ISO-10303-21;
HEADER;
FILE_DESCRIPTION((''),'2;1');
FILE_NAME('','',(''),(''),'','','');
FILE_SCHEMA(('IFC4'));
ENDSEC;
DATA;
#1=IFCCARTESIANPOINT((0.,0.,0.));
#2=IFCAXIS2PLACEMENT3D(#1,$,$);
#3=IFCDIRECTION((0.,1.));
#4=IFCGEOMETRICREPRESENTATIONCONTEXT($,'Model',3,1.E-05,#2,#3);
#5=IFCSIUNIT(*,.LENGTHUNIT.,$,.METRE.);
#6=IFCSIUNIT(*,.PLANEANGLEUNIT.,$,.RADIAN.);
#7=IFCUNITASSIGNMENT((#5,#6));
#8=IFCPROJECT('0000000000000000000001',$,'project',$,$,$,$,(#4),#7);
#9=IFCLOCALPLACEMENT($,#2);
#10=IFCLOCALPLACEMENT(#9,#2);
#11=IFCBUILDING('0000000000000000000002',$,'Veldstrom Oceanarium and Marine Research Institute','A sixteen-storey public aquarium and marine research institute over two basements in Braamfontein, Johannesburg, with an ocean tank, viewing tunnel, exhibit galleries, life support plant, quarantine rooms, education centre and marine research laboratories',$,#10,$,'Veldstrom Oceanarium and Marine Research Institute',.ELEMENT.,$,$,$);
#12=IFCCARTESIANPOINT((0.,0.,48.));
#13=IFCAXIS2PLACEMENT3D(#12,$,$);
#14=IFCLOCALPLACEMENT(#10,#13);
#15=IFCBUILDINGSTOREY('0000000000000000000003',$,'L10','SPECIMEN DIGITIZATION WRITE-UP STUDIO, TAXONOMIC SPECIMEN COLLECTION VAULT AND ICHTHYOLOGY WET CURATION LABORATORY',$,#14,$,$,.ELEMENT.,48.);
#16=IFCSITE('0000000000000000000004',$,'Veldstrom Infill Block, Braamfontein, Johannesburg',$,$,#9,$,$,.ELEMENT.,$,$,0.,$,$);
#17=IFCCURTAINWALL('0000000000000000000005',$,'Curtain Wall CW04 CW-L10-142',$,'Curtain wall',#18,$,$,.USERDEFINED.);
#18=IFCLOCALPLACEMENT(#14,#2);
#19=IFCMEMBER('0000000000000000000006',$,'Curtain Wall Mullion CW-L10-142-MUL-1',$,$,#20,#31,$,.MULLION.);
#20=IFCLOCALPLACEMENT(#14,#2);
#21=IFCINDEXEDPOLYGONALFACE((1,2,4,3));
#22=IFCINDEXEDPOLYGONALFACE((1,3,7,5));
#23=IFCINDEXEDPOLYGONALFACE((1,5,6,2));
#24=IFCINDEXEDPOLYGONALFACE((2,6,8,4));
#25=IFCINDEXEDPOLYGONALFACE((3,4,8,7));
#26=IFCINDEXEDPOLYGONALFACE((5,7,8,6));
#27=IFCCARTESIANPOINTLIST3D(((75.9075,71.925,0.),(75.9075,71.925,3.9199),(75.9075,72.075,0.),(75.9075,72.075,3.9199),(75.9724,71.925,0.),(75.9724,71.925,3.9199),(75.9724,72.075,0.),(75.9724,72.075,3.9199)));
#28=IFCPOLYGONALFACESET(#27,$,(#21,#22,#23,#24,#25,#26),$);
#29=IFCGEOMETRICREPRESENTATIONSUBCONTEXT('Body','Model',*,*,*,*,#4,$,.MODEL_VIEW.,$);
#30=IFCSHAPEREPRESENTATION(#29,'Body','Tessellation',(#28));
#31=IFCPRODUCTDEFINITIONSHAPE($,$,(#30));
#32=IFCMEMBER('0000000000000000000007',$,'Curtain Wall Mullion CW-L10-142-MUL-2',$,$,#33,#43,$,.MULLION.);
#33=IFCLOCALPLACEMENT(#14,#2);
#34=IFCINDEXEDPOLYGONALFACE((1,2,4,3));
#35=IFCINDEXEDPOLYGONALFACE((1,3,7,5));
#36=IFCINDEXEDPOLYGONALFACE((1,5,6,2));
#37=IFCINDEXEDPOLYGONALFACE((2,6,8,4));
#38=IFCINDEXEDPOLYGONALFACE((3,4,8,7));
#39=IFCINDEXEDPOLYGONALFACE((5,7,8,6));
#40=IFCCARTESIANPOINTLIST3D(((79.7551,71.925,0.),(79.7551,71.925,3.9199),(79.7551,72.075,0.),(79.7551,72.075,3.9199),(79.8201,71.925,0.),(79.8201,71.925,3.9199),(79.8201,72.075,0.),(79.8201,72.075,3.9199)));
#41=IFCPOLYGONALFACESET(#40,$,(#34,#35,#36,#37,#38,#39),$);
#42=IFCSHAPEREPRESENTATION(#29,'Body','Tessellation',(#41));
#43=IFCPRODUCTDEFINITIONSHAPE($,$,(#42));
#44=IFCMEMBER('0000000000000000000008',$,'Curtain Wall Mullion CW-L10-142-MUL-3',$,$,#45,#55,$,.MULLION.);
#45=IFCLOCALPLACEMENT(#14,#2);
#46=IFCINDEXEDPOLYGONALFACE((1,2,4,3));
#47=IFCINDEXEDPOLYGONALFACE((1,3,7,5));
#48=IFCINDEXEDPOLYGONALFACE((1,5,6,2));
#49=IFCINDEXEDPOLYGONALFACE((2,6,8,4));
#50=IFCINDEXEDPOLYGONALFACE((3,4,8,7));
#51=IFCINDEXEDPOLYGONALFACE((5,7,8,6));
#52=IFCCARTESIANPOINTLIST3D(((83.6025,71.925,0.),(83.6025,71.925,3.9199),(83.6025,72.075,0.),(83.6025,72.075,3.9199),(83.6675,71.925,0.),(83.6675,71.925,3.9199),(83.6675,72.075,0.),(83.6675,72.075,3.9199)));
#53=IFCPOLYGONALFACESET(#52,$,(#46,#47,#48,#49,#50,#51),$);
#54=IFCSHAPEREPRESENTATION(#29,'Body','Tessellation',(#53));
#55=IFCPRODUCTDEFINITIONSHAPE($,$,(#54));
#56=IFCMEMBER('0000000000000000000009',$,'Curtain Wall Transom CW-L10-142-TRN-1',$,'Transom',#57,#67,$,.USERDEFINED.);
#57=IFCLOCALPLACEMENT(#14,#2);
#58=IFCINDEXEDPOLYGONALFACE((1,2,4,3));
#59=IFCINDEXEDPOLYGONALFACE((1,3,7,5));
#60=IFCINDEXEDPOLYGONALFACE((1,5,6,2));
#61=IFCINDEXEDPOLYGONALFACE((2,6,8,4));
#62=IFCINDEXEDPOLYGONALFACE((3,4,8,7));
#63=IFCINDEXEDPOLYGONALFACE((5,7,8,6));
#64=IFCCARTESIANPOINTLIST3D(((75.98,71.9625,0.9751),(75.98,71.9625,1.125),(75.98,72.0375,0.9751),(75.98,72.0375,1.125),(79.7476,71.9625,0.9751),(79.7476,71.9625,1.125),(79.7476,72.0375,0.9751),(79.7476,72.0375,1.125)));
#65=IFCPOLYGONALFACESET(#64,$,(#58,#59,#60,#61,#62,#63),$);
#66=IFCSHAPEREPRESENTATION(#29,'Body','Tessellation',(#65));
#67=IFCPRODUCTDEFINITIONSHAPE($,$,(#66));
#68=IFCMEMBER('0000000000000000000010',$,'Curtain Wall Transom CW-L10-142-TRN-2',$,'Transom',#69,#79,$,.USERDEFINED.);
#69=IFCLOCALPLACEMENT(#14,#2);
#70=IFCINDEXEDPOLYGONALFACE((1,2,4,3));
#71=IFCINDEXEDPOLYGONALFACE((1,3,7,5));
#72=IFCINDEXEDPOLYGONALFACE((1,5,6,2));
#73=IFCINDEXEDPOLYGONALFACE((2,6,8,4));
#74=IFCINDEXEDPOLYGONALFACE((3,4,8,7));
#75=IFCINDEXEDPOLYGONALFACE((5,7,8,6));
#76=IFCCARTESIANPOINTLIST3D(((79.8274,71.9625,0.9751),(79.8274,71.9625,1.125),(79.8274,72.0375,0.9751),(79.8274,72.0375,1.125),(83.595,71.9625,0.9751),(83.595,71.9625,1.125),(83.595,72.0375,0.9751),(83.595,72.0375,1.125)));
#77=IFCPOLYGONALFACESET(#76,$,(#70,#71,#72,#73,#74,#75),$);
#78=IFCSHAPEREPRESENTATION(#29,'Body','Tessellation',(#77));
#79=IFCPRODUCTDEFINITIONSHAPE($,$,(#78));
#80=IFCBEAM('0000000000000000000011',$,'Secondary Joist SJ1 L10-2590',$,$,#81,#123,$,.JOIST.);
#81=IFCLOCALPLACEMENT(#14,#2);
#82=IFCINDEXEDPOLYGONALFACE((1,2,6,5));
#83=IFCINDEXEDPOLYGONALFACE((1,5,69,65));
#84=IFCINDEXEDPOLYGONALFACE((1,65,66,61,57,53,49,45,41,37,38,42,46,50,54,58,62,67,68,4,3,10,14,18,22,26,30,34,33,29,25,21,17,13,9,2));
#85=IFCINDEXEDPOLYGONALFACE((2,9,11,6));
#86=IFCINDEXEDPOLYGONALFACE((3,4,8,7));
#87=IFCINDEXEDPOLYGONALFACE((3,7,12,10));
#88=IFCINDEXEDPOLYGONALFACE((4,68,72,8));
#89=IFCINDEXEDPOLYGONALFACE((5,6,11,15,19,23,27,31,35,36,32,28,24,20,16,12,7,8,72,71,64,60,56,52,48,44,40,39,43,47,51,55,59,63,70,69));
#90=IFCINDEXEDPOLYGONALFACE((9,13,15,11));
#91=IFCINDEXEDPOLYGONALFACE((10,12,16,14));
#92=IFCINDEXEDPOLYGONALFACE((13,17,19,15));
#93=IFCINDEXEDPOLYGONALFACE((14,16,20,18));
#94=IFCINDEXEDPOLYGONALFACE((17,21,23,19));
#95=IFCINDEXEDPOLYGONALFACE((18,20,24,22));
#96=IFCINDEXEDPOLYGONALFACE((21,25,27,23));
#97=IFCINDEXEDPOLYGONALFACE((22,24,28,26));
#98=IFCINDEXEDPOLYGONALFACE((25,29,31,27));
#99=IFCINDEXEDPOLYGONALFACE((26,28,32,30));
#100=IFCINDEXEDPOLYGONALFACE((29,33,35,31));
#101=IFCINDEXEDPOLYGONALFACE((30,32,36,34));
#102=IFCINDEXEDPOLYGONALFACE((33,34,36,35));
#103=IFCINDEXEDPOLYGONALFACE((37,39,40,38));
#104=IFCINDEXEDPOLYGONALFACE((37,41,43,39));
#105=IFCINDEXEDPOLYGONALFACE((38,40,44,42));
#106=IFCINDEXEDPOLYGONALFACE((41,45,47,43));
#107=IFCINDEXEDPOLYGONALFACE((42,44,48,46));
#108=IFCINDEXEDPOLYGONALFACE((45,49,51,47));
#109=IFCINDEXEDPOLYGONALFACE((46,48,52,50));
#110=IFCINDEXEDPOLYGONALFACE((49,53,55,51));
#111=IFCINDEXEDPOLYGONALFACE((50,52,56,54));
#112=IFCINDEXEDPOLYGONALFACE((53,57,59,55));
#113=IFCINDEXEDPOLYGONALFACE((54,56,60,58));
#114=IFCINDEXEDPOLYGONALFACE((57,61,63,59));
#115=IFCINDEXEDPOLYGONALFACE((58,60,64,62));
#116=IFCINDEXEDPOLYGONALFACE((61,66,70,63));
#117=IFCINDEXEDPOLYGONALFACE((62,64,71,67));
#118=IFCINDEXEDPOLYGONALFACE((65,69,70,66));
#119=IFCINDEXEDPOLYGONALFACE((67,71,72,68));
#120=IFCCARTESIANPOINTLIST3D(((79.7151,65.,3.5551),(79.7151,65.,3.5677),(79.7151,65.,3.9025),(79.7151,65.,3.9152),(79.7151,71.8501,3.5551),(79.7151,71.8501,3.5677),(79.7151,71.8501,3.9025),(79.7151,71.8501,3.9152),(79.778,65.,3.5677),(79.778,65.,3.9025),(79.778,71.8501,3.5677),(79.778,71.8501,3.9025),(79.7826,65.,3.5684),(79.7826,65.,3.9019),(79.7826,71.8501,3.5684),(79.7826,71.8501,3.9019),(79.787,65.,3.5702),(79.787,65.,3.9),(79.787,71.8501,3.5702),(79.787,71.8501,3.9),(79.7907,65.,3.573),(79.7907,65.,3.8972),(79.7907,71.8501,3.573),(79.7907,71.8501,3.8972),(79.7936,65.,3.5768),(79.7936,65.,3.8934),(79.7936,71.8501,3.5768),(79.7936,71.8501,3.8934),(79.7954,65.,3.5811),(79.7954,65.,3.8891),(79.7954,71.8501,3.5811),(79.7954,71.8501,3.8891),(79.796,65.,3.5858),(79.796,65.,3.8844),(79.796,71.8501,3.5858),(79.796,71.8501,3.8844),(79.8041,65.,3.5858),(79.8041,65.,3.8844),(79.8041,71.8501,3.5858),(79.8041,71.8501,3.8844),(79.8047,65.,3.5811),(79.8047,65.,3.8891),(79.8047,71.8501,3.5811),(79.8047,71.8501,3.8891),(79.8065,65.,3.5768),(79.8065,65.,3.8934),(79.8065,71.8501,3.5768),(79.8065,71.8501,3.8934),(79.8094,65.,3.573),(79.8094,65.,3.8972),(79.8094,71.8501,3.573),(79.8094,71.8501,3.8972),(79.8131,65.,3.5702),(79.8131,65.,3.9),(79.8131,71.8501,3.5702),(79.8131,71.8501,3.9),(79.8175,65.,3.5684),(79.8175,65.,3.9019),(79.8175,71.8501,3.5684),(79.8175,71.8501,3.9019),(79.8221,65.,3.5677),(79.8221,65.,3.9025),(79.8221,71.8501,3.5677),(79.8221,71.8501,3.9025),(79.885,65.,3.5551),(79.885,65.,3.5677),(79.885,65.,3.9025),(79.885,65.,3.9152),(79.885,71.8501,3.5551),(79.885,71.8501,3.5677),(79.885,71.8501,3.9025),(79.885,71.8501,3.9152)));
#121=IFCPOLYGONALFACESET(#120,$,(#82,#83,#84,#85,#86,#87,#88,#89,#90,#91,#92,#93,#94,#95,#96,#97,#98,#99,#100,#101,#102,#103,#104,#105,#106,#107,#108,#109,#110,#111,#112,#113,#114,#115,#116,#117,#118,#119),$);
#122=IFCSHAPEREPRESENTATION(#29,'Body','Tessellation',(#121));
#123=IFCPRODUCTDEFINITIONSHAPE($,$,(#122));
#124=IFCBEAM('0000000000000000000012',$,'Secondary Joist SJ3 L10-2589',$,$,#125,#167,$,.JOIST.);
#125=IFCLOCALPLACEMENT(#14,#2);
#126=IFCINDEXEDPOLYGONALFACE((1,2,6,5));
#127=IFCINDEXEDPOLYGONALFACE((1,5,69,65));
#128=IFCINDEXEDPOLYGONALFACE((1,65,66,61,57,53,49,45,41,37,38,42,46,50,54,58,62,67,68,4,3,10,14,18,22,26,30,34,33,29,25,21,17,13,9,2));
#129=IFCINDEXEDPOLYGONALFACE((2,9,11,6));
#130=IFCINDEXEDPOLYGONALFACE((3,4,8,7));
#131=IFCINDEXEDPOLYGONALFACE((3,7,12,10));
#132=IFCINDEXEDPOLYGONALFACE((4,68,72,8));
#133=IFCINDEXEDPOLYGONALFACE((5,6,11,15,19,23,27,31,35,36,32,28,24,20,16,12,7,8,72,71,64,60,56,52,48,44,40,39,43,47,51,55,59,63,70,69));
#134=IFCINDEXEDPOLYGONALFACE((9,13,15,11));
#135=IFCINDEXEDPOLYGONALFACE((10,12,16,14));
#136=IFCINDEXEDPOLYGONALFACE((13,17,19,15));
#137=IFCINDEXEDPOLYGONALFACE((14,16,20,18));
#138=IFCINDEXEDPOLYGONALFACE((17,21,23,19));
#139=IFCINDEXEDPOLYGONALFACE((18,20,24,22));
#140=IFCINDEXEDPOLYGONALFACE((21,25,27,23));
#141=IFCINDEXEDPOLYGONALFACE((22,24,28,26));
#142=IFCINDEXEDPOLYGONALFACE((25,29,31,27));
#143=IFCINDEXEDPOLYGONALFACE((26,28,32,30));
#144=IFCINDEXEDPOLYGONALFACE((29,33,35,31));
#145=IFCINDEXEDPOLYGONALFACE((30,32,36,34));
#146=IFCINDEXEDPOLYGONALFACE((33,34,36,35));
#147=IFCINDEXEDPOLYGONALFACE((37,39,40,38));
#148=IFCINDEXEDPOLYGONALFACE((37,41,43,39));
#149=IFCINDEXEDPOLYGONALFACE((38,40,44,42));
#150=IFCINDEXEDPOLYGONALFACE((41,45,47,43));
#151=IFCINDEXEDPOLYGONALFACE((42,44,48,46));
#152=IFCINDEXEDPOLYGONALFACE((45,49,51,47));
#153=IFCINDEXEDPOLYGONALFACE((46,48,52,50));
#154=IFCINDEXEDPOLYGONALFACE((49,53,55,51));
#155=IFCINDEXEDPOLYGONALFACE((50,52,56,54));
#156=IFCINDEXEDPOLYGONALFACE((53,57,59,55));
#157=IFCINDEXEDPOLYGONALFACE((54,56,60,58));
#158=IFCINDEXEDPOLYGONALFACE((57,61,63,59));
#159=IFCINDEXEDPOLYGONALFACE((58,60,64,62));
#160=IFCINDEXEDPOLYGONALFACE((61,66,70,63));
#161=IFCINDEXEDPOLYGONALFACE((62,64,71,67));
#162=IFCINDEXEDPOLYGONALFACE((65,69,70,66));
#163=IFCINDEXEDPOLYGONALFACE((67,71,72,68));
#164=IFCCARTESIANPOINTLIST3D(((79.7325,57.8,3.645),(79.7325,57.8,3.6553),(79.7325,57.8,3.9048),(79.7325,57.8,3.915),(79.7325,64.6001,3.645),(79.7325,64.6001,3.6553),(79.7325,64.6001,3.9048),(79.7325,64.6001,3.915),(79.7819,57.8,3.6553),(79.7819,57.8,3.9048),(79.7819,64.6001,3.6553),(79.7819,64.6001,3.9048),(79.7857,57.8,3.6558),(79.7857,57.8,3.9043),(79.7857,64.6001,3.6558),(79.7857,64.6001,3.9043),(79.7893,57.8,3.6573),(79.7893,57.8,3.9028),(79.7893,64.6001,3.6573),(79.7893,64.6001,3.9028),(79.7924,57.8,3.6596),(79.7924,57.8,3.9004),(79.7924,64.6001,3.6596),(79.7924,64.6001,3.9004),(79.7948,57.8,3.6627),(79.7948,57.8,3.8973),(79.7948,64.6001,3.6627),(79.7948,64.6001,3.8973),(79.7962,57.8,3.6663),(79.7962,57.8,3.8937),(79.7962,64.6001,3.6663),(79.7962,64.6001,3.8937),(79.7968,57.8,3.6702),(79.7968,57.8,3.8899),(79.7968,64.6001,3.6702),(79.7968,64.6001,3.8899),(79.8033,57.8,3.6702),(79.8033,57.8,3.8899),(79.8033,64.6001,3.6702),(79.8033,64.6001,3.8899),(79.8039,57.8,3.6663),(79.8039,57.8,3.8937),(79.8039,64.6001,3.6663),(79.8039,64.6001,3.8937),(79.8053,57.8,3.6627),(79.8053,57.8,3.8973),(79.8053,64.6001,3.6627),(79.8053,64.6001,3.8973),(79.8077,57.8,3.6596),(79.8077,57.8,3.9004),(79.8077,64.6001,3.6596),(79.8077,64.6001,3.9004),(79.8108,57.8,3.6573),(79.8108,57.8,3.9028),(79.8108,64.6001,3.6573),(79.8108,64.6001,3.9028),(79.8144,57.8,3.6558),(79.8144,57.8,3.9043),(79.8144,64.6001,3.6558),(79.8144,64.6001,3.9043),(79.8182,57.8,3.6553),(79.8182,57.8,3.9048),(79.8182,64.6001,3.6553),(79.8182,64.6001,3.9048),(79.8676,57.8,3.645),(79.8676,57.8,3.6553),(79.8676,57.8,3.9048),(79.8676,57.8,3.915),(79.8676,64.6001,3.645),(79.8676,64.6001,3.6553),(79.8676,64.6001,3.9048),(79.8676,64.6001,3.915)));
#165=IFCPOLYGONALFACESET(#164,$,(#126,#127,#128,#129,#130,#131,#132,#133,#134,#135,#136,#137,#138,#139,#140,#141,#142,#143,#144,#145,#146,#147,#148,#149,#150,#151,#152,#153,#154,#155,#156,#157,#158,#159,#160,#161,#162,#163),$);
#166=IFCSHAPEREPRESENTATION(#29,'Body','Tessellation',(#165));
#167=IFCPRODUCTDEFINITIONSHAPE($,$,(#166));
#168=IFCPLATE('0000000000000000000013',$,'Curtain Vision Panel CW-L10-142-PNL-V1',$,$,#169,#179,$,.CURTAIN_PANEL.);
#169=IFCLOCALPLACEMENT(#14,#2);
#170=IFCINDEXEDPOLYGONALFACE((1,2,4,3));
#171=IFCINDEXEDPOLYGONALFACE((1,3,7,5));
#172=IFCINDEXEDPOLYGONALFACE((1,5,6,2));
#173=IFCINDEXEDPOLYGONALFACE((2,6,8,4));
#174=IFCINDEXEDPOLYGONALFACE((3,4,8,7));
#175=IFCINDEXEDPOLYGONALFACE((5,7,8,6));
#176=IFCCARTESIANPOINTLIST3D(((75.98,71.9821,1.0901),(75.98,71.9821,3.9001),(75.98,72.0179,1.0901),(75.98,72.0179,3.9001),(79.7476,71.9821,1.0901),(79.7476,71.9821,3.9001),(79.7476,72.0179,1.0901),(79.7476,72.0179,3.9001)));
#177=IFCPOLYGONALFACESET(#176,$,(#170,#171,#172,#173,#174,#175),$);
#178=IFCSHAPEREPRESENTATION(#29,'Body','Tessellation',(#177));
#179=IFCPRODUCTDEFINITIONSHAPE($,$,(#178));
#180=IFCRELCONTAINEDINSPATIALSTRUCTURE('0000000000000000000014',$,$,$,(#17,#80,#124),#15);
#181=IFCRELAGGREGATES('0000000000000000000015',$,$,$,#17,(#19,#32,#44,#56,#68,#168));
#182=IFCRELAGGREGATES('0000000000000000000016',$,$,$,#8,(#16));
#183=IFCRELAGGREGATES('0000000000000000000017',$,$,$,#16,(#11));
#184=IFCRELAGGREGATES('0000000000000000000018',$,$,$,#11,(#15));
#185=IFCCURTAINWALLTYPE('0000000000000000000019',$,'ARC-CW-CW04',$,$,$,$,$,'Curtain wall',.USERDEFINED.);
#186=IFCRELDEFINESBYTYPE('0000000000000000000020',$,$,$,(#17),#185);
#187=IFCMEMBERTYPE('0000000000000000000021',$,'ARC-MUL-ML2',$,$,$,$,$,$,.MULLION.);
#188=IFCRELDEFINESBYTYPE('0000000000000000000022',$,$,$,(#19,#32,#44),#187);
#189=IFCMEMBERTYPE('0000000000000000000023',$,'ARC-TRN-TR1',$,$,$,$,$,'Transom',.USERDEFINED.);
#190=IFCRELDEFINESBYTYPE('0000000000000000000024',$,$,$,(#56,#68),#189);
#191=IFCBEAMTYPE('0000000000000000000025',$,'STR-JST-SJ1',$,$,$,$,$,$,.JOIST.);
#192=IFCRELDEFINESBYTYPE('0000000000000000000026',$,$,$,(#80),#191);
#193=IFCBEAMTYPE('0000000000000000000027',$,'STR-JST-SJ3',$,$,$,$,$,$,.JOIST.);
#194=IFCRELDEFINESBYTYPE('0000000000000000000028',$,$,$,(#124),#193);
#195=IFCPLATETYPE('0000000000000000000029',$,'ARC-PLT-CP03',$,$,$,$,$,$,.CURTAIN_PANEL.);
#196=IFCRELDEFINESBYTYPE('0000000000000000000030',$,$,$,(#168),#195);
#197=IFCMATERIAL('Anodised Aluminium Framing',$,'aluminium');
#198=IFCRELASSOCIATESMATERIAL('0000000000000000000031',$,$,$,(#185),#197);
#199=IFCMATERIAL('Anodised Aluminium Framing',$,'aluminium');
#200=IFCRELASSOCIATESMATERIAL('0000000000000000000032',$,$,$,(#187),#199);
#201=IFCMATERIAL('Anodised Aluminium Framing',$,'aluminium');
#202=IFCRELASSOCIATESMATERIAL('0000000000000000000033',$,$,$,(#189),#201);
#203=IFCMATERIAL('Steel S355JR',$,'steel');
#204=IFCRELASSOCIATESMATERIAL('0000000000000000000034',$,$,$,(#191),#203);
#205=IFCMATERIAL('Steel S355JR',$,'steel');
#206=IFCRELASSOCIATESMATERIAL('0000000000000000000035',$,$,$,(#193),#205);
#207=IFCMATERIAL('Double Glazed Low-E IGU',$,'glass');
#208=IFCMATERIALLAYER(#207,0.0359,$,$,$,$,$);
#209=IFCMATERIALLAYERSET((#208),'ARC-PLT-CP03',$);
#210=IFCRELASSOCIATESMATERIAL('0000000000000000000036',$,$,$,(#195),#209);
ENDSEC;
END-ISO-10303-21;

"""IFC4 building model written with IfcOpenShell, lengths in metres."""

from ifc_helpers import new_model, si_unit, direction, frame, origin, origin_2d, place, context, subcontext, project, spatial, rectangle, i_section, extrude, material, layer, layer_set, material_profile, profile_set, type_object, element, aggregate, save


model = new_model("IFC4")

# Units and contexts
model_context = context("Model", 3, precision=1e-05, world=origin(), true_north=direction((0.0, 1.0)))
body_context = subcontext(model_context, "Body", "Model", "MODEL_VIEW")
ifc_project = project(units=[si_unit("LENGTHUNIT", "METRE"), si_unit("PLANEANGLEUNIT", "RADIAN")], contexts=[model_context])

# Site, building, storey
site_placement = place(None, origin())
site = spatial("IfcSite", under=ifc_project, at=site_placement, Name="Veldstrom Infill Block, Braamfontein, Johannesburg", CompositionType="ELEMENT", RefElevation=0.0)
building_placement = place(site_placement, origin())
building = spatial("IfcBuilding", under=site, at=building_placement, Name="Veldstrom Oceanarium and Marine Research Institute", Description="A sixteen-storey public aquarium and marine research institute over two basements in Braamfontein, Johannesburg, with an ocean tank, viewing tunnel, exhibit galleries, life support plant, quarantine rooms, education centre and marine research laboratories", LongName="Veldstrom Oceanarium and Marine Research Institute", CompositionType="ELEMENT")
storey_placement = place(building_placement, frame((0.0, 0.0, 48.0)))
storey = spatial("IfcBuildingStorey", under=building, at=storey_placement, Name="L10", Description="SPECIMEN DIGITIZATION WRITE-UP STUDIO, TAXONOMIC SPECIMEN COLLECTION VAULT AND ICHTHYOLOGY WET CURATION LABORATORY", CompositionType="ELEMENT", Elevation=48.0)

# Curtain wall, members
ifc_material_1 = material(Name="Anodised Aluminium Framing", Category="aluminium")
curtain_wall_type = type_object("IfcCurtainWallType", Name="ARC-CW-CW04", ElementType="Curtain wall", PredefinedType="USERDEFINED", material=ifc_material_1)
curtain_wall_placement = place(storey_placement, origin())
curtain_wall = element("IfcCurtainWall", 1, at=curtain_wall_placement, inside=storey, type_object=curtain_wall_type, Name="Curtain Wall CW04 CW-L10-142", ObjectType="Curtain wall", PredefinedType="USERDEFINED")
ifc_material_2 = material(Name="Anodised Aluminium Framing", Category="aluminium")
ifc_material_profile_1 = material_profile(ifc_material_2, rectangle(XDim=0.0649, YDim=0.1499, at=origin_2d()), Name="ALU-MUL-65x150")
ifc_profile_set_1 = profile_set([ifc_material_profile_1], Name="Anodised Aluminium Framing")
member_type_1 = type_object("IfcMemberType", Name="ARC-MUL-ML2", PredefinedType="MULLION", material=ifc_profile_set_1)
member_1_placement = place(storey_placement, frame((75.9399, 72.0, 0.0), z_axis=(0.0, 0.0, 1.0), x_axis=(1.0, 0.0, 0.0)))
member_1 = element("IfcMember", 2, at=member_1_placement, type_object=member_type_1, Name="Curtain Wall Mullion CW-L10-142-MUL-1", PredefinedType="MULLION", context=body_context, shape_type="SweptSolid", body=[
    extrude(rectangle(XDim=0.0649, YDim=0.1499, at=origin_2d()), origin(), (0.0, 0.0, 1.0), 3.9199),
])
member_2_placement = place(storey_placement, frame((79.7876, 72.0, 0.0), z_axis=(0.0, 0.0, 1.0), x_axis=(1.0, 0.0, 0.0)))
member_2 = element("IfcMember", 3, at=member_2_placement, type_object=member_type_1, Name="Curtain Wall Mullion CW-L10-142-MUL-2", PredefinedType="MULLION", context=body_context, shape_type="SweptSolid", body=[
    extrude(rectangle(XDim=0.0649, YDim=0.1499, at=origin_2d()), origin(), (0.0, 0.0, 1.0), 3.9199),
])
member_3_placement = place(storey_placement, frame((83.635, 72.0, 0.0), z_axis=(0.0, 0.0, 1.0), x_axis=(1.0, 0.0, 0.0)))
member_3 = element("IfcMember", 4, at=member_3_placement, type_object=member_type_1, Name="Curtain Wall Mullion CW-L10-142-MUL-3", PredefinedType="MULLION", context=body_context, shape_type="SweptSolid", body=[
    extrude(rectangle(XDim=0.0649, YDim=0.1499, at=origin_2d()), origin(), (0.0, 0.0, 1.0), 3.9199),
])
ifc_material_3 = material(Name="Anodised Aluminium Framing", Category="aluminium")
ifc_material_profile_2 = material_profile(ifc_material_3, rectangle(XDim=0.075, YDim=0.1499, at=origin_2d()), Name="ALU-TRN-75x150")
ifc_profile_set_2 = profile_set([ifc_material_profile_2], Name="Anodised Aluminium Framing")
member_type_2 = type_object("IfcMemberType", Name="ARC-TRN-TR1", ElementType="Transom", PredefinedType="USERDEFINED", material=ifc_profile_set_2)
member_4_placement = place(storey_placement, frame((75.98, 72.0, 1.05), z_axis=(1.0, 0.0, 0.0), x_axis=(0.0, 1.0, 0.0)))
member_4 = element("IfcMember", 5, at=member_4_placement, type_object=member_type_2, Name="Curtain Wall Transom CW-L10-142-TRN-1", ObjectType="Transom", PredefinedType="USERDEFINED", context=body_context, shape_type="SweptSolid", body=[
    extrude(rectangle(XDim=0.075, YDim=0.1499, at=origin_2d()), origin(), (0.0, 0.0, 1.0), 3.7676),
])
member_5_placement = place(storey_placement, frame((79.8274, 72.0, 1.05), z_axis=(1.0, 0.0, 0.0), x_axis=(0.0, 1.0, 0.0)))
member_5 = element("IfcMember", 6, at=member_5_placement, type_object=member_type_2, Name="Curtain Wall Transom CW-L10-142-TRN-2", ObjectType="Transom", PredefinedType="USERDEFINED", context=body_context, shape_type="SweptSolid", body=[
    extrude(rectangle(XDim=0.075, YDim=0.1499, at=origin_2d()), origin(), (0.0, 0.0, 1.0), 3.7676),
])

# Beams
ifc_material_4 = material(Name="Steel S355JR", Category="steel")
ifc_material_profile_3 = material_profile(ifc_material_4, i_section(OverallWidth=0.1699, OverallDepth=0.3601, WebThickness=0.0081, FlangeThickness=0.0127, FilletRadius=0.0181, at=origin_2d()), Name="IPE 360")
ifc_profile_set_3 = profile_set([ifc_material_profile_3], Name="Steel S355JR")
beam_type_1 = type_object("IfcBeamType", Name="STR-JST-SJ1", PredefinedType="JOIST", material=ifc_profile_set_3)
beam_1_placement = place(storey_placement, frame((79.8, 65.0, 3.7351), z_axis=(0.0, 1.0, 0.0), x_axis=(-1.0, 0.0, 0.0)))
element("IfcBeam", 7, at=beam_1_placement, inside=storey, type_object=beam_type_1, Name="Secondary Joist SJ1 L10-2590", PredefinedType="JOIST", context=body_context, shape_type="SweptSolid", body=[
    extrude(i_section(OverallWidth=0.1699, OverallDepth=0.3601, WebThickness=0.0081, FlangeThickness=0.0127, FilletRadius=0.0181, at=origin_2d()), origin(), (0.0, 0.0, 1.0), 6.8501),
])
ifc_material_5 = material(Name="Steel S355JR", Category="steel")
ifc_material_profile_4 = material_profile(ifc_material_5, i_section(OverallWidth=0.135, OverallDepth=0.27, WebThickness=0.0066, FlangeThickness=0.0103, FilletRadius=0.0149, at=origin_2d()), Name="IPE 270")
ifc_profile_set_4 = profile_set([ifc_material_profile_4], Name="Steel S355JR")
beam_type_2 = type_object("IfcBeamType", Name="STR-JST-SJ3", PredefinedType="JOIST", material=ifc_profile_set_4)
beam_2_placement = place(storey_placement, frame((79.8, 57.8, 3.78), z_axis=(0.0, 1.0, 0.0), x_axis=(-1.0, 0.0, 0.0)))
element("IfcBeam", 8, at=beam_2_placement, inside=storey, type_object=beam_type_2, Name="Secondary Joist SJ3 L10-2589", PredefinedType="JOIST", context=body_context, shape_type="SweptSolid", body=[
    extrude(i_section(OverallWidth=0.135, OverallDepth=0.27, WebThickness=0.0066, FlangeThickness=0.0103, FilletRadius=0.0149, at=origin_2d()), origin(), (0.0, 0.0, 1.0), 6.8),
])

# Plate
ifc_material_6 = material(Name="Double Glazed Low-E IGU", Category="glass")
ifc_layer_1 = layer(ifc_material_6, 0.0359)
ifc_layer_set_1 = layer_set([ifc_layer_1], Name="ARC-PLT-CP03")
plate_type_1 = type_object("IfcPlateType", Name="ARC-PLT-CP03", PredefinedType="CURTAIN_PANEL", material=ifc_layer_set_1)
plate_1_placement = place(storey_placement, frame((77.8638, 72.0, 1.0901), z_axis=(0.0, 0.0, 1.0), x_axis=(1.0, 0.0, 0.0)))
plate_1 = element("IfcPlate", 9, at=plate_1_placement, type_object=plate_type_1, Name="Curtain Vision Panel CW-L10-142-PNL-V1", PredefinedType="CURTAIN_PANEL", context=body_context, shape_type="SweptSolid", body=[
    extrude(rectangle(XDim=3.7676, YDim=0.0359, at=origin_2d()), origin(), (0.0, 0.0, 1.0), 2.8101),
])
aggregate(curtain_wall, [member_1, member_2, member_3, member_4, member_5, plate_1])

save(model, "model.ifc")
